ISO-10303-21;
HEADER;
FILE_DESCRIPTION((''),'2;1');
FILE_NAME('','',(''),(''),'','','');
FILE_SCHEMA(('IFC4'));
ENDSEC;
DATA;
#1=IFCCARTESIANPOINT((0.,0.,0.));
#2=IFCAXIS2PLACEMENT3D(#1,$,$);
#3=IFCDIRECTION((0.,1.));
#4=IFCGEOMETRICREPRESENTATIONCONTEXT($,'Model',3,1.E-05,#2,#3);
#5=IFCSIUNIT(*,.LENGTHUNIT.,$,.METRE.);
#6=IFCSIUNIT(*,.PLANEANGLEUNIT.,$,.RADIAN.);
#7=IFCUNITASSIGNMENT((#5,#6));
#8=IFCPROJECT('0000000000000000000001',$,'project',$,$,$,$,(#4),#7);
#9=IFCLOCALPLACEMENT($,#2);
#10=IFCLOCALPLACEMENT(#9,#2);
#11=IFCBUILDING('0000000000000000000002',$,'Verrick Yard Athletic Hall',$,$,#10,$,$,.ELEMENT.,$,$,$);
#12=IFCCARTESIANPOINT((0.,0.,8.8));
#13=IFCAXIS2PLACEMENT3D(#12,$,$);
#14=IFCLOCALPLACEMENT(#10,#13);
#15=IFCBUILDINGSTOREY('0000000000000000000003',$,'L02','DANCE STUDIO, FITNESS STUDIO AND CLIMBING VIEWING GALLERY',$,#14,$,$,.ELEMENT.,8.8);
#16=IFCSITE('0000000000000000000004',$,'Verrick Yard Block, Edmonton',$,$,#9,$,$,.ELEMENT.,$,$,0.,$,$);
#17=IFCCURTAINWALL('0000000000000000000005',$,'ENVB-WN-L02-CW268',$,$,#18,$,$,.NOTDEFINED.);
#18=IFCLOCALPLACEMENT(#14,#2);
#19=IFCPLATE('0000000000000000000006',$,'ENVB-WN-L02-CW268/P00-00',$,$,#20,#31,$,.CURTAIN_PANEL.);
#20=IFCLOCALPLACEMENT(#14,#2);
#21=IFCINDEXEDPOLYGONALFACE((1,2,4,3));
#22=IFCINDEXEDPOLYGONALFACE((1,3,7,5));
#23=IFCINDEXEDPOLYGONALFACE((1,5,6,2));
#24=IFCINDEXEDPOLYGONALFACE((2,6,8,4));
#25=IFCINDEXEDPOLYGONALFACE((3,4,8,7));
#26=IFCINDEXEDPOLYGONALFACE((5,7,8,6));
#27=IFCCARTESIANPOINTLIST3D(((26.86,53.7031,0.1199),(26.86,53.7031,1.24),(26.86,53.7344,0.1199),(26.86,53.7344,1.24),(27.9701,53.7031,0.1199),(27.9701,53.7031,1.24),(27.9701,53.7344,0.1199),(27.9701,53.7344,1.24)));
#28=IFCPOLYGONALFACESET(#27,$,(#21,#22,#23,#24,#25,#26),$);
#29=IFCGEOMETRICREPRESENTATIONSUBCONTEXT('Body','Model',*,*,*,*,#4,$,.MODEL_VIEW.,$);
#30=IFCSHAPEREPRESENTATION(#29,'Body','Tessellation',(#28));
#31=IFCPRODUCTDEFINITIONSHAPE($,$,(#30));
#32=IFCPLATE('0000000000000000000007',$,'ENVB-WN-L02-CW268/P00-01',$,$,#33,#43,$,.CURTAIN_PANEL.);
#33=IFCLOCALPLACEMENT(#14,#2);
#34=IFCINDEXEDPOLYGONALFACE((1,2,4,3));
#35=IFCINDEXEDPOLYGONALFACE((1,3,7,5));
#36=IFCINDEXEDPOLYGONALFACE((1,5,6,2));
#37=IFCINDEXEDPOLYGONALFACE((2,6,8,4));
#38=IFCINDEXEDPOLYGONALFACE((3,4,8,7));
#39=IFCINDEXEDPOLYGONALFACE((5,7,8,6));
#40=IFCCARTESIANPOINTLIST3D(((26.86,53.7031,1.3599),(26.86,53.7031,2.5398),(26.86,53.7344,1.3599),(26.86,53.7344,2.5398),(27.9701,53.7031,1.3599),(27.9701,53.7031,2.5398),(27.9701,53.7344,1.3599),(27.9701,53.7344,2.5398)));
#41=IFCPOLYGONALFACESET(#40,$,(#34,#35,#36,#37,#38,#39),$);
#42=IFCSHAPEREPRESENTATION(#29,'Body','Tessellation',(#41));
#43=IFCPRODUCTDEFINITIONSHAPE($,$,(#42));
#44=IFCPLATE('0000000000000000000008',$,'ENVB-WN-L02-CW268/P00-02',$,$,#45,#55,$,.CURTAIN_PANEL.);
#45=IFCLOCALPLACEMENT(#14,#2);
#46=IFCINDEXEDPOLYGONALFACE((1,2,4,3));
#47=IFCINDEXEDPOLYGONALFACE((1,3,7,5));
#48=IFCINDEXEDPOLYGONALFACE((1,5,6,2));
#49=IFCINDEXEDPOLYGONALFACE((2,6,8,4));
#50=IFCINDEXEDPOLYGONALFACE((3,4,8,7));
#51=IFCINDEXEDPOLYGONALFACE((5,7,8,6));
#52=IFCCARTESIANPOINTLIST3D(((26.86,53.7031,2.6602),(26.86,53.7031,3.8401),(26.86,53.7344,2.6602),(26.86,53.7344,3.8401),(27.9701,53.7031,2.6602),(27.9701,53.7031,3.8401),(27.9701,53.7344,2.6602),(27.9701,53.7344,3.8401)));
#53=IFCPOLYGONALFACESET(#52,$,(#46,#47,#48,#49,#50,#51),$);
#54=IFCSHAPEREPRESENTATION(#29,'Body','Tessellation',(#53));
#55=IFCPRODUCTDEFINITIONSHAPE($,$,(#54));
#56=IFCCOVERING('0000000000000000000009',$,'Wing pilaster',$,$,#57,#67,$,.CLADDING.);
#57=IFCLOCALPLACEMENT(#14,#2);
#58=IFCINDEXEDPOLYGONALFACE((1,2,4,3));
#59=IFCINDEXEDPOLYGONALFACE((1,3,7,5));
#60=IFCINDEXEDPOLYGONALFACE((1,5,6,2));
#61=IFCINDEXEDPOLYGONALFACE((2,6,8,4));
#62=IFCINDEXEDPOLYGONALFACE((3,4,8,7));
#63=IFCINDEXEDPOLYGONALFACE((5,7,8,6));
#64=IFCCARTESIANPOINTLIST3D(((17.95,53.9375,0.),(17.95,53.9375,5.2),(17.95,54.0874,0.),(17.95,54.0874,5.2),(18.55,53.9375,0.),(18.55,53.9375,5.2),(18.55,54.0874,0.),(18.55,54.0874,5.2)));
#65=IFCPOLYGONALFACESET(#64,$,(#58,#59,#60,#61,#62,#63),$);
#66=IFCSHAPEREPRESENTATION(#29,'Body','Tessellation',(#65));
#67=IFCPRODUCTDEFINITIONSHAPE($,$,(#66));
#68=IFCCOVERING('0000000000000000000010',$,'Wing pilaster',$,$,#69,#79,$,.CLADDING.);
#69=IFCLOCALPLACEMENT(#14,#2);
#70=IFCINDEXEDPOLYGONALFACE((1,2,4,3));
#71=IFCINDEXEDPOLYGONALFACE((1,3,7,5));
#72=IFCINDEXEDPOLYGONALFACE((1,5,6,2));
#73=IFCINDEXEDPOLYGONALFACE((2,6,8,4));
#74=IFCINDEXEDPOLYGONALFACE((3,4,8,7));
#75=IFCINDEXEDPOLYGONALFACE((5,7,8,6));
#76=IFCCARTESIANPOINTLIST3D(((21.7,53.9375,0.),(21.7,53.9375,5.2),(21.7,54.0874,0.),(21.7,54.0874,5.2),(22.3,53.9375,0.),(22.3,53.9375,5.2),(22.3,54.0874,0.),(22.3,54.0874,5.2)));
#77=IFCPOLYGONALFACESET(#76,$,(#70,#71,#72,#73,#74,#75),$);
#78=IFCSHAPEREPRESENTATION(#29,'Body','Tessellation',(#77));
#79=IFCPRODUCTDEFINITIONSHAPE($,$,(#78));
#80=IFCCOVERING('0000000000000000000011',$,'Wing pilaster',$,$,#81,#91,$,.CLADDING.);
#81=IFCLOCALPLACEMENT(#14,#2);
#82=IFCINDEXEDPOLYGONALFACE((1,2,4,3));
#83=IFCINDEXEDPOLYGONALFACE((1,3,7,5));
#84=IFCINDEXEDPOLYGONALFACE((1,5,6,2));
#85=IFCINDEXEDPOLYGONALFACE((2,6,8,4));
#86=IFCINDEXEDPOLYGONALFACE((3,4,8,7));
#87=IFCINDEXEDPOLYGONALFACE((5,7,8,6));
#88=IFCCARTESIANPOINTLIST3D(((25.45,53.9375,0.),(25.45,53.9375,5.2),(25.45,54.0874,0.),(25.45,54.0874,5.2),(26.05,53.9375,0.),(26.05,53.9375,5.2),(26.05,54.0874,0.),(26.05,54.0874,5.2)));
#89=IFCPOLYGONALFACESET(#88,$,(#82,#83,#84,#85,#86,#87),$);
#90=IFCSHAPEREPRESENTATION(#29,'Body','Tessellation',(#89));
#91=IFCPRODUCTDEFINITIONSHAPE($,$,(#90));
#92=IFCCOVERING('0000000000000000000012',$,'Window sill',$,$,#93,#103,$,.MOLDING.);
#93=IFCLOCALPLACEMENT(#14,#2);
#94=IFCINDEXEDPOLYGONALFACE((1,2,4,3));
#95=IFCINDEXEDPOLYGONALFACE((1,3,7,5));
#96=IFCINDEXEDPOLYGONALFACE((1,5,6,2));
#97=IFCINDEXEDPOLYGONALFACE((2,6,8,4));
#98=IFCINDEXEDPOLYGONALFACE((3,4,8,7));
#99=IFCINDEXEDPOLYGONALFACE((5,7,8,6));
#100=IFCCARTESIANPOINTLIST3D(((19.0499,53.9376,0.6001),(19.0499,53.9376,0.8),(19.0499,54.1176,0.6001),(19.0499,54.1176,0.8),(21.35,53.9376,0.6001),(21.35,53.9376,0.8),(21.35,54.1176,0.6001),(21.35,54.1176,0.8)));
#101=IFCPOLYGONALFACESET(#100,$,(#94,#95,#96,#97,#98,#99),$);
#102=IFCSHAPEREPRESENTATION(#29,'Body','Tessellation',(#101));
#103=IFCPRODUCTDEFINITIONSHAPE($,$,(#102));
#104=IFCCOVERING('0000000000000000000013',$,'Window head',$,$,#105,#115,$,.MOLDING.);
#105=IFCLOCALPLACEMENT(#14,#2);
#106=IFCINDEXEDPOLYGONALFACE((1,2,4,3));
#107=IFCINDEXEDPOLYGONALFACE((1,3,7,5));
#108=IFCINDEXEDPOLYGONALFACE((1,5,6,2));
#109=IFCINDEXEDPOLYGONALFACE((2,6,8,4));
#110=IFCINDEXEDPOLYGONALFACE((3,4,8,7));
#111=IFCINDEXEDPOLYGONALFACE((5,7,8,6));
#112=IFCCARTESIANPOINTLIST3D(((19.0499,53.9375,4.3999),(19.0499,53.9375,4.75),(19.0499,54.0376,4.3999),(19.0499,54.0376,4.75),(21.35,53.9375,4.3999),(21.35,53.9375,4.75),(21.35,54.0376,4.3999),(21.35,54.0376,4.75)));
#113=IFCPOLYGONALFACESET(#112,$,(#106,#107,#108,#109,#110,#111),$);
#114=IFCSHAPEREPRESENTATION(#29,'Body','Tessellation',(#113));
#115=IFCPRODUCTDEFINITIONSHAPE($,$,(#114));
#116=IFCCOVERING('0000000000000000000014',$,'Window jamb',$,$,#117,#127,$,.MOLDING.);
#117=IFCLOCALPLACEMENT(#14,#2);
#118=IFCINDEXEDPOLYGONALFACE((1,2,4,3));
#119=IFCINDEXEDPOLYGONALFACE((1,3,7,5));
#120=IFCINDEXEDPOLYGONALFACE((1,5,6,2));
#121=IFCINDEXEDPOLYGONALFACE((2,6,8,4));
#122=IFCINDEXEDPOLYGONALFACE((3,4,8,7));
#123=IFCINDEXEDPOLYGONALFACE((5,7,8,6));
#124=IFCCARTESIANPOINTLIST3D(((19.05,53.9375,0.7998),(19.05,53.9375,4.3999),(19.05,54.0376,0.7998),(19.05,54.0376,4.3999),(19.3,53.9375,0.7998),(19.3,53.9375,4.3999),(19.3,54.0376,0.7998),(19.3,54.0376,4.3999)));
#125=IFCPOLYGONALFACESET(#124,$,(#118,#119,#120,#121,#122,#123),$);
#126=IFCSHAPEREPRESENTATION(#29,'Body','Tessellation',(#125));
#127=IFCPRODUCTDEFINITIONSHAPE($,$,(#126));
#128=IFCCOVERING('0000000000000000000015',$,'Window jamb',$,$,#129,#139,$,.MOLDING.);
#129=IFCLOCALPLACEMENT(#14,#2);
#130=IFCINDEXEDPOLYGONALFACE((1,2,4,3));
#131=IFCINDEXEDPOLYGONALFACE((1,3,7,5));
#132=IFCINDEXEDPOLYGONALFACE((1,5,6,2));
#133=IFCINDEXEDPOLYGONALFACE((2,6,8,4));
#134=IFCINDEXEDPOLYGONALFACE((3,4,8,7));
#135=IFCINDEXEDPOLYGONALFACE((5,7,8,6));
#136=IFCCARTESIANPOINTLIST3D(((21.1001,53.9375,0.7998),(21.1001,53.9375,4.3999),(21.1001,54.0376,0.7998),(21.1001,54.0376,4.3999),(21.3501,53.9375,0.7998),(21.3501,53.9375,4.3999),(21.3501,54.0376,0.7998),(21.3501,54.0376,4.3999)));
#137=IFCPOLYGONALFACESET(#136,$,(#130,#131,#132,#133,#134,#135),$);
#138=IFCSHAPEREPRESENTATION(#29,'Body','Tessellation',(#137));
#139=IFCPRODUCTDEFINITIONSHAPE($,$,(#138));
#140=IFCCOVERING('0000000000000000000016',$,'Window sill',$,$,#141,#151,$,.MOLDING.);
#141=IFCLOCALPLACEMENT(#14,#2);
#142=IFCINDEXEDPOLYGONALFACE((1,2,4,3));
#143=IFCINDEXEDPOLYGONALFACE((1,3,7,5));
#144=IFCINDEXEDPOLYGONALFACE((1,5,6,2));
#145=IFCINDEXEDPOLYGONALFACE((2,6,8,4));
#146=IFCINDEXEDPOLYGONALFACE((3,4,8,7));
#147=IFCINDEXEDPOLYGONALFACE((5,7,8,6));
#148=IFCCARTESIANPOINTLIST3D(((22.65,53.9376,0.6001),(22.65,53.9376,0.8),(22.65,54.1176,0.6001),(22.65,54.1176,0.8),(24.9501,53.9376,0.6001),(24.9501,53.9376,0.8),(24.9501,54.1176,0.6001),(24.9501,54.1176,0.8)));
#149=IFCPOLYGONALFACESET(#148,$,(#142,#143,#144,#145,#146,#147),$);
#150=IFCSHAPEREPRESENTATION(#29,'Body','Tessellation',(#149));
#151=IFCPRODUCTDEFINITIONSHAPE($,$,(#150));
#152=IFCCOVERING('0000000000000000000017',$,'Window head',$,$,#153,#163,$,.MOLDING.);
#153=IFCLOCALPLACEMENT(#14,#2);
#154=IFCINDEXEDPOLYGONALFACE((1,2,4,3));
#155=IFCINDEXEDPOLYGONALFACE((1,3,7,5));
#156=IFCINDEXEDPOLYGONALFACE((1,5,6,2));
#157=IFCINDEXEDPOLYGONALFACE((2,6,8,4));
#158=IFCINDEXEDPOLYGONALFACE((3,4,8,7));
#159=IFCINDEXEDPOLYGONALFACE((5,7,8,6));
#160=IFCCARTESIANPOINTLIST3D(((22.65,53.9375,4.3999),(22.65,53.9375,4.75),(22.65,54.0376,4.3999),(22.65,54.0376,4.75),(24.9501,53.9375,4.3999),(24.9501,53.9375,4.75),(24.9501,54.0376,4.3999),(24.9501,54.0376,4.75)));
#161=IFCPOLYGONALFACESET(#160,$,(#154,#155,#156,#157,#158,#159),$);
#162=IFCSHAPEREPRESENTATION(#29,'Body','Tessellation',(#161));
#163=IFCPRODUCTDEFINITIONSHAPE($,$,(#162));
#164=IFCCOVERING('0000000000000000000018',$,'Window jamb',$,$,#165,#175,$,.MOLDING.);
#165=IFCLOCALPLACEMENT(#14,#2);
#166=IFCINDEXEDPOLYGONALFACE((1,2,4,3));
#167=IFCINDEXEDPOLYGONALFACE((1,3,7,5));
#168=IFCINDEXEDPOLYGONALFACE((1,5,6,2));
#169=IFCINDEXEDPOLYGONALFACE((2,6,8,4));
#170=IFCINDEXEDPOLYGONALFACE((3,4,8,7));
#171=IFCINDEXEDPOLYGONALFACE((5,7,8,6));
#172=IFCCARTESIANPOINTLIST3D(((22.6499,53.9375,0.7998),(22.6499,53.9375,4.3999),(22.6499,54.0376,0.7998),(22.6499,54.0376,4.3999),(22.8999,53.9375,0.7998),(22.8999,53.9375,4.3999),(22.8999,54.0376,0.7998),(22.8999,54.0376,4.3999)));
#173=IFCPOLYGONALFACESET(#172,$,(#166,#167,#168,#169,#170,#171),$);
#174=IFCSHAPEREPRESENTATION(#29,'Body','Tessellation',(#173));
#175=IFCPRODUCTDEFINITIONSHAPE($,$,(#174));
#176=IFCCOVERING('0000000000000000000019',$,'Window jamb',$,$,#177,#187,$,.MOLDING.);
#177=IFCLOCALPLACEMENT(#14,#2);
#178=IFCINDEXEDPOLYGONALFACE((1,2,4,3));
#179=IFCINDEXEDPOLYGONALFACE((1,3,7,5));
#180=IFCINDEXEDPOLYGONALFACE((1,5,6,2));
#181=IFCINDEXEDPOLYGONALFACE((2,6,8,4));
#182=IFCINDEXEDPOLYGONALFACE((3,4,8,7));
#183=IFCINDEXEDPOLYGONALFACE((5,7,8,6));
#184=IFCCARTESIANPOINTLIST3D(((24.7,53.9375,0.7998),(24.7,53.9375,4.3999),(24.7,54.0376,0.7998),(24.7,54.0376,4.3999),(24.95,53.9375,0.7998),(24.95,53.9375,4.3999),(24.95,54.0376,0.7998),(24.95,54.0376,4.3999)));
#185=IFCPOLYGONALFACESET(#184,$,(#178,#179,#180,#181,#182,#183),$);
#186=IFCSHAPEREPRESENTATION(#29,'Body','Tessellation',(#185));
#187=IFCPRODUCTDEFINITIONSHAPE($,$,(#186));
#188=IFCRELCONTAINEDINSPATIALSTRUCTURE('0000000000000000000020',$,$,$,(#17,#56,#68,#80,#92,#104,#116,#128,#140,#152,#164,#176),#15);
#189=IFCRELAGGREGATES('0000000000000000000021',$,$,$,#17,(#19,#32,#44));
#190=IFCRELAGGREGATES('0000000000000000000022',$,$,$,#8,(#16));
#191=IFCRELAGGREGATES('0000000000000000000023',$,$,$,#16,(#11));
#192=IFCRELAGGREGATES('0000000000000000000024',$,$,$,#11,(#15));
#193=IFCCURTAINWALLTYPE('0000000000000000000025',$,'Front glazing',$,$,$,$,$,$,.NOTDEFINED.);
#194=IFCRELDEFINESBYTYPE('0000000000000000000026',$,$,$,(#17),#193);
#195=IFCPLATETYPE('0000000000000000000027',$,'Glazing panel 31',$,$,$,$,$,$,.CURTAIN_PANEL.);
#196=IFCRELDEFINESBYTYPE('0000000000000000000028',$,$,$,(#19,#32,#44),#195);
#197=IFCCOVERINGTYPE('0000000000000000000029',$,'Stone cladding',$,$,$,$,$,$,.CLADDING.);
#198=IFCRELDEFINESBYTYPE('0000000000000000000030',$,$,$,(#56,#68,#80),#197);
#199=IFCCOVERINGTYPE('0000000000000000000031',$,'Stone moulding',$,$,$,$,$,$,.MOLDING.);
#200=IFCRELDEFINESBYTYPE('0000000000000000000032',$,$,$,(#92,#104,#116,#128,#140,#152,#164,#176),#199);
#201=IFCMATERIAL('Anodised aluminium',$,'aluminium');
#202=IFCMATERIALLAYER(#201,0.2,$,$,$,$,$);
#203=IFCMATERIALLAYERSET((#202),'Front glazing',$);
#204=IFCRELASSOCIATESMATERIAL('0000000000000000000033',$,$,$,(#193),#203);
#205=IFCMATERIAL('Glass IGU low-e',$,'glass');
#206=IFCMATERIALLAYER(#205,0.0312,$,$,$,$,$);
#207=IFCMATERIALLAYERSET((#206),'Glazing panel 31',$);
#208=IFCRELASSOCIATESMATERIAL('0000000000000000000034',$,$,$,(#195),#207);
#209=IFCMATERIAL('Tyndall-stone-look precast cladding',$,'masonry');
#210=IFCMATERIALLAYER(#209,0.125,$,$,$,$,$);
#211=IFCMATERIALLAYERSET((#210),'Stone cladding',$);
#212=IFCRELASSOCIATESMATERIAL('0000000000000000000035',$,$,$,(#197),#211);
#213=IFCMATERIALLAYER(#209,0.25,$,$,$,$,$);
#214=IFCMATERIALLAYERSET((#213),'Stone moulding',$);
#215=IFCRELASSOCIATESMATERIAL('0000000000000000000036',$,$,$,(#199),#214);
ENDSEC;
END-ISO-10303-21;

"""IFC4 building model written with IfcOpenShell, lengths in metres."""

from ifc_helpers import new_model, si_unit, direction, frame, origin, origin_2d, place, context, subcontext, project, spatial, rectangle, extrude, material, layer, layer_set, type_object, element, aggregate, save


model = new_model("IFC4")

# Units and contexts
model_context = context("Model", 3, precision=1e-05, world=origin(), true_north=direction((0.0, 1.0)))
body_context = subcontext(model_context, "Body", "Model", "MODEL_VIEW")
ifc_project = project(units=[si_unit("LENGTHUNIT", "METRE"), si_unit("PLANEANGLEUNIT", "RADIAN")], contexts=[model_context])

# Site, building, storey
site_placement = place(None, origin())
site = spatial("IfcSite", under=ifc_project, at=site_placement, Name="Verrick Yard Block, Edmonton", CompositionType="ELEMENT", RefElevation=0.0)
building_placement = place(site_placement, origin())
building = spatial("IfcBuilding", under=site, at=building_placement, Name="Verrick Yard Athletic Hall", CompositionType="ELEMENT")
storey_placement = place(building_placement, frame((0.0, 0.0, 8.8)))
storey = spatial("IfcBuildingStorey", under=building, at=storey_placement, Name="L02", Description="DANCE STUDIO, FITNESS STUDIO AND CLIMBING VIEWING GALLERY", CompositionType="ELEMENT", Elevation=8.8)

# Curtain wall
ifc_material_1 = material(Name="Anodised aluminium", Category="aluminium")
ifc_layer_1 = layer(ifc_material_1, 0.2)
ifc_layer_set_1 = layer_set([ifc_layer_1], Name="Front glazing")
curtain_wall_type = type_object("IfcCurtainWallType", Name="Front glazing", PredefinedType="NOTDEFINED", material=ifc_layer_set_1)
curtain_wall_placement = place(storey_placement, origin())
curtain_wall = element("IfcCurtainWall", 1, at=curtain_wall_placement, inside=storey, type_object=curtain_wall_type, Name="ENVB-WN-L02-CW268", PredefinedType="NOTDEFINED")

# Plates
ifc_material_2 = material(Name="Glass IGU low-e", Category="glass")
ifc_layer_2 = layer(ifc_material_2, 0.0312)
ifc_layer_set_2 = layer_set([ifc_layer_2], Name="Glazing panel 31")
plate_type = type_object("IfcPlateType", Name="Glazing panel 31", PredefinedType="CURTAIN_PANEL", material=ifc_layer_set_2)
plate_1_placement = place(storey_placement, frame((27.415, 53.7188, 0.1199), z_axis=(0.0, 0.0, 1.0), x_axis=(1.0, 0.0, 0.0)))
plate_1 = element("IfcPlate", 2, at=plate_1_placement, type_object=plate_type, Name="ENVB-WN-L02-CW268/P00-00", PredefinedType="CURTAIN_PANEL", context=body_context, shape_type="SweptSolid", body=[
    extrude(rectangle(XDim=1.1101, YDim=0.0312, at=origin_2d()), origin(), (0.0, 0.0, 1.0), 1.1201),
])
plate_2_placement = place(storey_placement, frame((27.415, 53.7188, 1.3599), z_axis=(0.0, 0.0, 1.0), x_axis=(1.0, 0.0, 0.0)))
plate_2 = element("IfcPlate", 3, at=plate_2_placement, type_object=plate_type, Name="ENVB-WN-L02-CW268/P00-01", PredefinedType="CURTAIN_PANEL", context=body_context, shape_type="SweptSolid", body=[
    extrude(rectangle(XDim=1.1101, YDim=0.0312, at=origin_2d()), origin(), (0.0, 0.0, 1.0), 1.1799),
])
plate_3_placement = place(storey_placement, frame((27.415, 53.7188, 2.6602), z_axis=(0.0, 0.0, 1.0), x_axis=(1.0, 0.0, 0.0)))
plate_3 = element("IfcPlate", 4, at=plate_3_placement, type_object=plate_type, Name="ENVB-WN-L02-CW268/P00-02", PredefinedType="CURTAIN_PANEL", context=body_context, shape_type="SweptSolid", body=[
    extrude(rectangle(XDim=1.1101, YDim=0.0312, at=origin_2d()), origin(), (0.0, 0.0, 1.0), 1.1799),
])
aggregate(curtain_wall, [plate_1, plate_2, plate_3])

# Coverings
ifc_material_3 = material(Name="Tyndall-stone-look precast cladding", Category="masonry")
ifc_layer_3 = layer(ifc_material_3, 0.125)
ifc_layer_set_3 = layer_set([ifc_layer_3], Name="Stone cladding")
covering_type_1 = type_object("IfcCoveringType", Name="Stone cladding", PredefinedType="CLADDING", material=ifc_layer_set_3)
for number, where, z_axis, x_axis, name in (
    (5, (18.25, 54.0125, 0.0), (0.0, 0.0, 1.0), (1.0, 0.0, 0.0), "Wing pilaster"),
    (6, (22.0, 54.0125, 0.0), (0.0, 0.0, 1.0), (1.0, 0.0, 0.0), "Wing pilaster"),
    (7, (25.75, 54.0125, 0.0), (0.0, 0.0, 1.0), (1.0, 0.0, 0.0), "Wing pilaster"),
):
    element("IfcCovering", number, at=place(storey_placement, frame(where, z_axis=z_axis, x_axis=x_axis)), inside=storey, type_object=covering_type_1, Name=name, PredefinedType="CLADDING", context=body_context, shape_type="SweptSolid", body=[
        extrude(rectangle(XDim=0.6001, YDim=0.1499, at=origin_2d()), origin(), (0.0, 0.0, 1.0), 5.2),
    ])
ifc_layer_4 = layer(ifc_material_3, 0.25)
ifc_layer_set_4 = layer_set([ifc_layer_4], Name="Stone moulding")
covering_type_2 = type_object("IfcCoveringType", Name="Stone moulding", PredefinedType="MOLDING", material=ifc_layer_set_4)
covering_1_placement = place(storey_placement, frame((20.2, 54.0276, 0.6001), z_axis=(0.0, 0.0, 1.0), x_axis=(1.0, 0.0, 0.0)))
element("IfcCovering", 8, at=covering_1_placement, inside=storey, type_object=covering_type_2, Name="Window sill", PredefinedType="MOLDING", context=body_context, shape_type="SweptSolid", body=[
    extrude(rectangle(XDim=2.3, YDim=0.1799, at=origin_2d()), origin(), (0.0, 0.0, 1.0), 0.2),
])
covering_2_placement = place(storey_placement, frame((20.2, 53.9875, 4.3999), z_axis=(0.0, 0.0, 1.0), x_axis=(1.0, 0.0, 0.0)))
element("IfcCovering", 9, at=covering_2_placement, inside=storey, type_object=covering_type_2, Name="Window head", PredefinedType="MOLDING", context=body_context, shape_type="SweptSolid", body=[
    extrude(rectangle(XDim=2.3, YDim=0.1001, at=origin_2d()), origin(), (0.0, 0.0, 1.0), 0.3501),
])
for number, where, z_axis, x_axis, name in (
    (10, (19.175, 53.9875, 0.7998), (0.0, 0.0, 1.0), (1.0, 0.0, 0.0), "Window jamb"),
    (11, (21.2251, 53.9875, 0.7998), (0.0, 0.0, 1.0), (1.0, 0.0, 0.0), "Window jamb"),
):
    element("IfcCovering", number, at=place(storey_placement, frame(where, z_axis=z_axis, x_axis=x_axis)), inside=storey, type_object=covering_type_2, Name=name, PredefinedType="MOLDING", context=body_context, shape_type="SweptSolid", body=[
        extrude(rectangle(XDim=0.25, YDim=0.1001, at=origin_2d()), origin(), (0.0, 0.0, 1.0), 3.6001),
    ])
covering_3_placement = place(storey_placement, frame((23.8, 54.0276, 0.6001), z_axis=(0.0, 0.0, 1.0), x_axis=(1.0, 0.0, 0.0)))
element("IfcCovering", 12, at=covering_3_placement, inside=storey, type_object=covering_type_2, Name="Window sill", PredefinedType="MOLDING", context=body_context, shape_type="SweptSolid", body=[
    extrude(rectangle(XDim=2.3, YDim=0.1799, at=origin_2d()), origin(), (0.0, 0.0, 1.0), 0.2),
])
covering_4_placement = place(storey_placement, frame((23.8, 53.9875, 4.3999), z_axis=(0.0, 0.0, 1.0), x_axis=(1.0, 0.0, 0.0)))
element("IfcCovering", 13, at=covering_4_placement, inside=storey, type_object=covering_type_2, Name="Window head", PredefinedType="MOLDING", context=body_context, shape_type="SweptSolid", body=[
    extrude(rectangle(XDim=2.3, YDim=0.1001, at=origin_2d()), origin(), (0.0, 0.0, 1.0), 0.3501),
])
for number, where, z_axis, x_axis, name in (
    (14, (22.7749, 53.9875, 0.7998), (0.0, 0.0, 1.0), (1.0, 0.0, 0.0), "Window jamb"),
    (15, (24.825, 53.9875, 0.7998), (0.0, 0.0, 1.0), (1.0, 0.0, 0.0), "Window jamb"),
):
    element("IfcCovering", number, at=place(storey_placement, frame(where, z_axis=z_axis, x_axis=x_axis)), inside=storey, type_object=covering_type_2, Name=name, PredefinedType="MOLDING", context=body_context, shape_type="SweptSolid", body=[
        extrude(rectangle(XDim=0.25, YDim=0.1001, at=origin_2d()), origin(), (0.0, 0.0, 1.0), 3.6001),
    ])

save(model, "model.ifc")
